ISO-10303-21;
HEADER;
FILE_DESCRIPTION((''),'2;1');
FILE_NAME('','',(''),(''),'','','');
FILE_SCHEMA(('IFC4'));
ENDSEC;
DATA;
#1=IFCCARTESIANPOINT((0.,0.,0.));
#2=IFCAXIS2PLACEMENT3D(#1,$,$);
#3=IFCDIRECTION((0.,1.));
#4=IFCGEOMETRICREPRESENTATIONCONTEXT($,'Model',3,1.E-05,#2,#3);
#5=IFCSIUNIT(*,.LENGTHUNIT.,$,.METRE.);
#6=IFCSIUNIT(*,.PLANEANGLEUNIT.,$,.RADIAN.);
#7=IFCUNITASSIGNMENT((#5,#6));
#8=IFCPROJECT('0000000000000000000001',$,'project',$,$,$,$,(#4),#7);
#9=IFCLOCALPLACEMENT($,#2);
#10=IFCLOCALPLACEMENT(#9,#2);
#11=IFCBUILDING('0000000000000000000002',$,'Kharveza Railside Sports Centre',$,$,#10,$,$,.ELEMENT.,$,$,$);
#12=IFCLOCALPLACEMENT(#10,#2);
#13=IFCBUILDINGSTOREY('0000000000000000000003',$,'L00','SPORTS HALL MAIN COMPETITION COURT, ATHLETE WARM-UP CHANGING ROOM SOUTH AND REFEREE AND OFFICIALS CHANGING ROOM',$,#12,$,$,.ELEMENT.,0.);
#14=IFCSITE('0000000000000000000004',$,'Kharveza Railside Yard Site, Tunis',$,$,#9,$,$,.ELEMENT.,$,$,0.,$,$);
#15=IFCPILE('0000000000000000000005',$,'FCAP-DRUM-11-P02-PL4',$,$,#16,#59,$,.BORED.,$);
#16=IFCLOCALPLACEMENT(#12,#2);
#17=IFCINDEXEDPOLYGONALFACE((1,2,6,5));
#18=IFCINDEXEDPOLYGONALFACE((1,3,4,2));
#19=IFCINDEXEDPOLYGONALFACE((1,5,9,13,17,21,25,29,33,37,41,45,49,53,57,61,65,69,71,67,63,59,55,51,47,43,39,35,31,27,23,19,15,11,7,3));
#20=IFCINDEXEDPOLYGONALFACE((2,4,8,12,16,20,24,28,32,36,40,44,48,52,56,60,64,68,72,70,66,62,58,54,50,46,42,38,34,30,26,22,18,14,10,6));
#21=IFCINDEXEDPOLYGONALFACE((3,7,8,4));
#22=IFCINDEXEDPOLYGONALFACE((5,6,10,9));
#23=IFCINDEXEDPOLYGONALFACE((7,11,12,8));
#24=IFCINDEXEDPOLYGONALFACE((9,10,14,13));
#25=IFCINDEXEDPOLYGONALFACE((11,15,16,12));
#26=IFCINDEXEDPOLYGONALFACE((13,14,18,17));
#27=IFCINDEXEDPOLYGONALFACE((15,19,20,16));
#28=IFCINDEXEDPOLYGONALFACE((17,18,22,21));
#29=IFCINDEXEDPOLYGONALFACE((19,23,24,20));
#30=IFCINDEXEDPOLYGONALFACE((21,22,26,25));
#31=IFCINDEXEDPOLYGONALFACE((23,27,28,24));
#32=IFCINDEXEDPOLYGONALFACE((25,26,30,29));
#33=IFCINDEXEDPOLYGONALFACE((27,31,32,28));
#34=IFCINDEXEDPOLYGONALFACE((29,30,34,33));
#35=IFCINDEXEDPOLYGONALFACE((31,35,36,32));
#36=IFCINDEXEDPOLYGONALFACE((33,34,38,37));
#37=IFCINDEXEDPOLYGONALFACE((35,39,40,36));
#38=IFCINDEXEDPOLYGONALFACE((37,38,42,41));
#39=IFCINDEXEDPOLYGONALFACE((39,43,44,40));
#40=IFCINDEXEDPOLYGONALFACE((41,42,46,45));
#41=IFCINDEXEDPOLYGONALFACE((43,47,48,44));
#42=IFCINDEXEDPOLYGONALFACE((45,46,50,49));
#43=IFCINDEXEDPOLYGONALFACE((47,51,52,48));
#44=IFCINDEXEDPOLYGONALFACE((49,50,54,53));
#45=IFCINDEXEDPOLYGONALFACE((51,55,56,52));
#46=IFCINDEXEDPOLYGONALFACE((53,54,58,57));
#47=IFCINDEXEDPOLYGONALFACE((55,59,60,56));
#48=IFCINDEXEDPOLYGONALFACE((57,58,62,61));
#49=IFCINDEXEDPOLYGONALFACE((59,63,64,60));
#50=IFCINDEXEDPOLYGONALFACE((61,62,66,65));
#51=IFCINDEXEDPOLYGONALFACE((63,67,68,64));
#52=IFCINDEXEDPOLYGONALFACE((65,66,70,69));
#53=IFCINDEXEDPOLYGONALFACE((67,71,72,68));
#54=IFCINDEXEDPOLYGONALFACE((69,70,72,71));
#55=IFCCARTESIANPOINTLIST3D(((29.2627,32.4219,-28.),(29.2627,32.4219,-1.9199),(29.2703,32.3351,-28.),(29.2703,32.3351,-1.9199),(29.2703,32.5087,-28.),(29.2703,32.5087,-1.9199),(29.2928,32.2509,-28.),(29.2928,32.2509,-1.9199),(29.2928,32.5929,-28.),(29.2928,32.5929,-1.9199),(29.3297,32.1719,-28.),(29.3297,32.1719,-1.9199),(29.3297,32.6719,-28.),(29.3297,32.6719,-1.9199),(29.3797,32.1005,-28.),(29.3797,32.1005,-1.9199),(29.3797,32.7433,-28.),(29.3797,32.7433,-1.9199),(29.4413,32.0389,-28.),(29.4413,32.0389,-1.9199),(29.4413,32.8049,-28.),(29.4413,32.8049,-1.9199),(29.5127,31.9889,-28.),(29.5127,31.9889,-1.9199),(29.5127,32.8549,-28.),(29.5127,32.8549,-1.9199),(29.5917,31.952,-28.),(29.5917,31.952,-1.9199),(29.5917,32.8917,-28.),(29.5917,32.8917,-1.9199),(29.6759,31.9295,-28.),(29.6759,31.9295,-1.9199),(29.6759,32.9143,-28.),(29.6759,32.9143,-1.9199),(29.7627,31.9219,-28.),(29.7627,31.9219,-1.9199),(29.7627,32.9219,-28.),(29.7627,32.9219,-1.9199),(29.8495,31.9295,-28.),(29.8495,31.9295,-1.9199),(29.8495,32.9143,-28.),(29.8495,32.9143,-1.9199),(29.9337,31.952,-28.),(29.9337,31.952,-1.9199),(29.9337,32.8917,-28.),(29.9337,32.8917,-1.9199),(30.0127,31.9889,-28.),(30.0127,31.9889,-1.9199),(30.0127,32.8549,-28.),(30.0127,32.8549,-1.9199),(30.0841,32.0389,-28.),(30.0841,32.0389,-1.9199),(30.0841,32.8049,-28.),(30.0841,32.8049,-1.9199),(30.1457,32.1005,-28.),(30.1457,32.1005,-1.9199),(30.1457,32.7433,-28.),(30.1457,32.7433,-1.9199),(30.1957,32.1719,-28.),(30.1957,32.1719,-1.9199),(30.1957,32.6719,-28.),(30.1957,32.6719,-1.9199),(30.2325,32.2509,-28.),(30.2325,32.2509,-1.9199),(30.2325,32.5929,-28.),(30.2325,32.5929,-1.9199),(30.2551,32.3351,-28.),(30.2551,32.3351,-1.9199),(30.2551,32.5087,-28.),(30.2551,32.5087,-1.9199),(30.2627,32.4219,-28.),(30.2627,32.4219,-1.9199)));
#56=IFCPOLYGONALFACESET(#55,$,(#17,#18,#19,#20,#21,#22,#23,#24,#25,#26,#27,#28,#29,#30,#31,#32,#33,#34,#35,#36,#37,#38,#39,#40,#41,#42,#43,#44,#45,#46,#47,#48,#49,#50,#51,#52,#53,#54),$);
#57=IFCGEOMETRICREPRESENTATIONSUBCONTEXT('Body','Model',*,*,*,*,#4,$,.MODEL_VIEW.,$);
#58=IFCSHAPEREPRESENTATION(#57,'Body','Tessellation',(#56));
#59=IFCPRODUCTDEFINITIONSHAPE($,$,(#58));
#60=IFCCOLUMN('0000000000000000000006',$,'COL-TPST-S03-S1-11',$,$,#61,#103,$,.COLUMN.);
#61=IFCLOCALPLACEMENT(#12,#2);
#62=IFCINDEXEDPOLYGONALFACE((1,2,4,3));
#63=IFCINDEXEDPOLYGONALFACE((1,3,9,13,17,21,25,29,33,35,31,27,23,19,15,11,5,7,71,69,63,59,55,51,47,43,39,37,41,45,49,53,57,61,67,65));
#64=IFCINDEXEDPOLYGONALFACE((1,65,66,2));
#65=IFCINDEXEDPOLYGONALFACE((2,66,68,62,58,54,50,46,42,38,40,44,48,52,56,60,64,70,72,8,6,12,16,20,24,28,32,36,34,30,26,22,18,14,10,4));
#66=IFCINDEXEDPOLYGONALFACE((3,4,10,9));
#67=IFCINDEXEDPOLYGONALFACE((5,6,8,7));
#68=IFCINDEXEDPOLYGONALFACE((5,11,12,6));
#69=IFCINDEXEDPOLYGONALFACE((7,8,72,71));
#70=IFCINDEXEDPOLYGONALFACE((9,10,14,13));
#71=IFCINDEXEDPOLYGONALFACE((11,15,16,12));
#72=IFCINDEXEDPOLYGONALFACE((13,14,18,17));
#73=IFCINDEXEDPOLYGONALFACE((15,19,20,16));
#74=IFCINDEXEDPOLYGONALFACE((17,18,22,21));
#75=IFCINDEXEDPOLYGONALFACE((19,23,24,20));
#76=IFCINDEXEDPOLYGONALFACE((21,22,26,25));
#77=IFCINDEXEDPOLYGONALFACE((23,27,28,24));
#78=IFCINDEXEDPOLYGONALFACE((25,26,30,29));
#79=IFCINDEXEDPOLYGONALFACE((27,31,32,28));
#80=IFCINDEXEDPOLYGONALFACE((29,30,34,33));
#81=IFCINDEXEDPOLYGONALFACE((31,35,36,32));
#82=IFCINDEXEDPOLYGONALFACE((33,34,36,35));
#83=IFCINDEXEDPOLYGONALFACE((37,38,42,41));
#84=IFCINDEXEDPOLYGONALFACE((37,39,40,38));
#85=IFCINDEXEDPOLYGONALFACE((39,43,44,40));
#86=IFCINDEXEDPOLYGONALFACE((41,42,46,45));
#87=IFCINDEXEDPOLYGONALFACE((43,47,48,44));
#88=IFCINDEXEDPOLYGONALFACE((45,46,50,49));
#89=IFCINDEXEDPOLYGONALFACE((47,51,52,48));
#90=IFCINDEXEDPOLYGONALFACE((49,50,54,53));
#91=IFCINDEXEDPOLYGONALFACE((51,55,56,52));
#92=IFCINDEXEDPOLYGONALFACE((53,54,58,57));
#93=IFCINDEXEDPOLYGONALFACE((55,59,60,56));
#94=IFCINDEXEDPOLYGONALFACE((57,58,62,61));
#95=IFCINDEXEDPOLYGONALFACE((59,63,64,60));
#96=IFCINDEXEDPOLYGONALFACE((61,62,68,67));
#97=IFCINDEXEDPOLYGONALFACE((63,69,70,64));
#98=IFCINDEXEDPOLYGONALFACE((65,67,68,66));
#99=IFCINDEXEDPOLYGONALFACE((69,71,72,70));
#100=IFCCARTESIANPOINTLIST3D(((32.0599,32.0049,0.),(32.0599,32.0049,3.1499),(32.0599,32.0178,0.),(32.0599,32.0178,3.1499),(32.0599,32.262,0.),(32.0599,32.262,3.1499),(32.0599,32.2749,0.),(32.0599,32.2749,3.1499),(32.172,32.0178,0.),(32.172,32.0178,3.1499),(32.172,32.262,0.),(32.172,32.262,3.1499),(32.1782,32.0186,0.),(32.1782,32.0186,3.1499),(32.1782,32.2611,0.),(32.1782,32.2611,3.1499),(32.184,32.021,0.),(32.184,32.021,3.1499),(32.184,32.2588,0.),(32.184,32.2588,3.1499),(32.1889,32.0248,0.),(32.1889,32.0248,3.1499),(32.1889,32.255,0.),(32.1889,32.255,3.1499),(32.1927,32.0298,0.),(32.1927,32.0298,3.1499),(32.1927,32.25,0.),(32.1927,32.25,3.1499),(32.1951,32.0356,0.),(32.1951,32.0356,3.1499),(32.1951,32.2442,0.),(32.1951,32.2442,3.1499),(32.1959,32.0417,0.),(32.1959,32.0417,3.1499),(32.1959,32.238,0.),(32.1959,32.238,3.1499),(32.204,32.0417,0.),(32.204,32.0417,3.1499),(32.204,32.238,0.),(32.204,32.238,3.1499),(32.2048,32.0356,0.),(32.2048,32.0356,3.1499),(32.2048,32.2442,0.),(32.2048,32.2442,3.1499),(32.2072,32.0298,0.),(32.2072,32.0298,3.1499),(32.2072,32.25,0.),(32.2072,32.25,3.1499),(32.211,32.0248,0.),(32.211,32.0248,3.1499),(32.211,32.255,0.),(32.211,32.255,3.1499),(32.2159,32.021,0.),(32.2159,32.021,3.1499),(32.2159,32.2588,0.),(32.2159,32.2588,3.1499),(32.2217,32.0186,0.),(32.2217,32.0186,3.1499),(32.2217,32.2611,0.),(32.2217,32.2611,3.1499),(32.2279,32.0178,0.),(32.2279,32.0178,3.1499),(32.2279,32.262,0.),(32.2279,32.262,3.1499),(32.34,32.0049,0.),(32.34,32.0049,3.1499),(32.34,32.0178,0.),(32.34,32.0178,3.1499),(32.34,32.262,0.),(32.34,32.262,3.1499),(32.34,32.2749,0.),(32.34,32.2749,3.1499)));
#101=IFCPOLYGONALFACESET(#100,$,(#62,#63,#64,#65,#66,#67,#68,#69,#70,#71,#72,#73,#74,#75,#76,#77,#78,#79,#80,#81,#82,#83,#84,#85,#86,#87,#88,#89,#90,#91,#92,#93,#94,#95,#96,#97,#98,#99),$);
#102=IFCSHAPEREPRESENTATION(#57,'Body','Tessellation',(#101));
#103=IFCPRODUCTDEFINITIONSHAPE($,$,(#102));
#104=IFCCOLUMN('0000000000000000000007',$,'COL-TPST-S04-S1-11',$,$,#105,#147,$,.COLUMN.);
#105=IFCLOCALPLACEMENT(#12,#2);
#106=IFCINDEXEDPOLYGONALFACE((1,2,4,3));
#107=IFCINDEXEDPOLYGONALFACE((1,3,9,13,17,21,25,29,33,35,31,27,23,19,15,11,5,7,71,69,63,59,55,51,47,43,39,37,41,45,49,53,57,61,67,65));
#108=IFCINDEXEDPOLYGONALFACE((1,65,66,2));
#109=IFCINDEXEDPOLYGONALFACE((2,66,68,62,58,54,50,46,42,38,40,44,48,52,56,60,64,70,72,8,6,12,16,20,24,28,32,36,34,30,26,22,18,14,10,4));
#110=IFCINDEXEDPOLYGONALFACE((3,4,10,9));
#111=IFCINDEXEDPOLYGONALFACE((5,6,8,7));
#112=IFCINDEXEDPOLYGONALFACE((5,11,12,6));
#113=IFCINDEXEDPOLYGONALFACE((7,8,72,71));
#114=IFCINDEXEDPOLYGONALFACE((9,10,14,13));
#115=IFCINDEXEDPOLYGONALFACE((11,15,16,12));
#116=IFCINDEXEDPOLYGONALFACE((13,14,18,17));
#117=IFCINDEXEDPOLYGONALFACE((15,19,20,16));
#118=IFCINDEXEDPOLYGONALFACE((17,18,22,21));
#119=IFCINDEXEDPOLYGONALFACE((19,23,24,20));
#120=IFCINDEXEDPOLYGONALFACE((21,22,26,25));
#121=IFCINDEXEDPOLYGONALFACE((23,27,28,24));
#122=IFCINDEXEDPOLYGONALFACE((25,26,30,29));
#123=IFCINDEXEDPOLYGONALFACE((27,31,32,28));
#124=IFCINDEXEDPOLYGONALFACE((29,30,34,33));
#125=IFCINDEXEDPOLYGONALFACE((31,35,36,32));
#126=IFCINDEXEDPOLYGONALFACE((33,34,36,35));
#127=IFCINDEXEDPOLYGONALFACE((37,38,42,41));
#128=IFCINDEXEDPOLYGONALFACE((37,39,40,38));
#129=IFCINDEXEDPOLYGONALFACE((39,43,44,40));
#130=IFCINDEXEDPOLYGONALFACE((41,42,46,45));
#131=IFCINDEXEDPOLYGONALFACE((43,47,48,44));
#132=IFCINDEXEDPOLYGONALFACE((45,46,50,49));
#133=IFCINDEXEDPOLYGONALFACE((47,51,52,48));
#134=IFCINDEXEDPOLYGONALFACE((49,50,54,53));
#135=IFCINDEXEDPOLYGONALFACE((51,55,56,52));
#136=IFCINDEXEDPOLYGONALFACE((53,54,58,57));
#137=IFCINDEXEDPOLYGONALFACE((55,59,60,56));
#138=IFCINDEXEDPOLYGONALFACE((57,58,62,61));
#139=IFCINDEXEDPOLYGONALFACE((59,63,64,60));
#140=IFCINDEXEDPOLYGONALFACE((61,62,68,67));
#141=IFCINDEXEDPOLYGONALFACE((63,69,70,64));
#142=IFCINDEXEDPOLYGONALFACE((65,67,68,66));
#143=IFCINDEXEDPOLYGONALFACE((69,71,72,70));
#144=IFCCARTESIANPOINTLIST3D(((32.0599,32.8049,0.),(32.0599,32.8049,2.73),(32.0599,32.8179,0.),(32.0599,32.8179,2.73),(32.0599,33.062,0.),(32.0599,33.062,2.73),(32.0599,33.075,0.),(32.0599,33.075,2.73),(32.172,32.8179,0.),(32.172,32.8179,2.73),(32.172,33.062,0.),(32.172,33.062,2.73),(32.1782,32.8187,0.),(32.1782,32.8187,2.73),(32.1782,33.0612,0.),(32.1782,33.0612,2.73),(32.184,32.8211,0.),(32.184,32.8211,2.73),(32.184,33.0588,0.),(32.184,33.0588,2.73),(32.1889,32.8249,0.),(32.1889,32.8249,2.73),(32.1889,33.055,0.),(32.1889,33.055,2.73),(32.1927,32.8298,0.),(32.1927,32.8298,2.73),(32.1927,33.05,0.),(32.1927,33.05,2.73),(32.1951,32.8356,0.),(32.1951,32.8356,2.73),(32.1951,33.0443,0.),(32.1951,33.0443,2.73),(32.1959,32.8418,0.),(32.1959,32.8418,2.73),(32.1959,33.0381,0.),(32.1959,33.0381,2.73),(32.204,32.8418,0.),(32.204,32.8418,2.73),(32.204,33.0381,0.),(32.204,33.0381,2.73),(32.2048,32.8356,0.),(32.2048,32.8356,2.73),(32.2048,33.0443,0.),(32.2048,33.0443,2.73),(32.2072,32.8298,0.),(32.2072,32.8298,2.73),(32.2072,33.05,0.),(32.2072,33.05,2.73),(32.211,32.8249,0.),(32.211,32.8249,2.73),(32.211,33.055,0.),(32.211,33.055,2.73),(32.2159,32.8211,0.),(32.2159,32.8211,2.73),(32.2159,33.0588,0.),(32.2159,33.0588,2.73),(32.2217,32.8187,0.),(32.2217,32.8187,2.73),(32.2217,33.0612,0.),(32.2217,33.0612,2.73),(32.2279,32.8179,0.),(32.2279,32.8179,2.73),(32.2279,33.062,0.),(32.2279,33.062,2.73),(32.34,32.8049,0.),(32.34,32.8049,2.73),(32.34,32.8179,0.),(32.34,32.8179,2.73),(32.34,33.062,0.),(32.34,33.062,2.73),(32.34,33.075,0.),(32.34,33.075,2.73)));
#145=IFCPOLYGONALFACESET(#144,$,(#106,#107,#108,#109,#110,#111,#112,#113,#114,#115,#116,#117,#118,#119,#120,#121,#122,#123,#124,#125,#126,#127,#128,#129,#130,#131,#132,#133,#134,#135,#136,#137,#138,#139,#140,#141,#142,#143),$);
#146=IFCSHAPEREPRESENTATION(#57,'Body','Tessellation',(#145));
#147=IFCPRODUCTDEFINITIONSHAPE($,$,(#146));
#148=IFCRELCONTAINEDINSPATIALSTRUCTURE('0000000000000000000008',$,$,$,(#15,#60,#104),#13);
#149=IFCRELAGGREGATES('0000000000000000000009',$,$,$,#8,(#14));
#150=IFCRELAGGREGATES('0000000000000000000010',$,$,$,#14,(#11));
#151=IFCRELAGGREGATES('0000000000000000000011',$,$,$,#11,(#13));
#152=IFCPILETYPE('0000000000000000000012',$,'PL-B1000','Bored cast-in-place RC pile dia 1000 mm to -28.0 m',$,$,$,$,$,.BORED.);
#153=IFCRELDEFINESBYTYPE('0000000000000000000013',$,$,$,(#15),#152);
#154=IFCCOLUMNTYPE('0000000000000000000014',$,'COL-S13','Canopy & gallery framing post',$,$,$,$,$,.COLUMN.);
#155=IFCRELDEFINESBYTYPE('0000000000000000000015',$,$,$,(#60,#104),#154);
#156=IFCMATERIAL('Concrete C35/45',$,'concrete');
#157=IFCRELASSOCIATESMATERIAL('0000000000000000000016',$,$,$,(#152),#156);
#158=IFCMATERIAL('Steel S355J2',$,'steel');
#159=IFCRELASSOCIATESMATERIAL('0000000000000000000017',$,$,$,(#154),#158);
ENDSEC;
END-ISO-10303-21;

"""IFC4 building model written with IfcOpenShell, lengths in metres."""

from ifc_helpers import new_model, si_unit, direction, frame, origin, origin_2d, place, context, subcontext, project, spatial, circle, i_section, extrude, material, material_profile, profile_set, type_object, element, save


model = new_model("IFC4")

# Units and contexts
model_context = context("Model", 3, precision=1e-05, world=origin(), true_north=direction((0.0, 1.0)))
body_context = subcontext(model_context, "Body", "Model", "MODEL_VIEW")
ifc_project = project(units=[si_unit("LENGTHUNIT", "METRE"), si_unit("PLANEANGLEUNIT", "RADIAN")], contexts=[model_context])

# Site, building, storey
site_placement = place(None, origin())
site = spatial("IfcSite", under=ifc_project, at=site_placement, Name="Kharveza Railside Yard Site, Tunis", CompositionType="ELEMENT", RefElevation=0.0)
building_placement = place(site_placement, origin())
building = spatial("IfcBuilding", under=site, at=building_placement, Name="Kharveza Railside Sports Centre", CompositionType="ELEMENT")
storey_placement = place(building_placement, origin())
storey = spatial("IfcBuildingStorey", under=building, at=storey_placement, Name="L00", Description="SPORTS HALL MAIN COMPETITION COURT, ATHLETE WARM-UP CHANGING ROOM SOUTH AND REFEREE AND OFFICIALS CHANGING ROOM", CompositionType="ELEMENT", Elevation=0.0)

# Pile
ifc_material_1 = material(Name="Concrete C35/45", Category="concrete")
ifc_material_profile_1 = material_profile(ifc_material_1, circle(Radius=0.5, at=origin_2d()), Name="PILE D1000")
ifc_profile_set_1 = profile_set([ifc_material_profile_1], Name="Concrete C35/45")
pile_type = type_object("IfcPileType", Name="PL-B1000", Description="Bored cast-in-place RC pile dia 1000 mm to -28.0 m", PredefinedType="BORED", material=ifc_profile_set_1)
for number, where, z_axis, x_axis, name in (
    (1, (29.7627, 32.4219, -1.9199), (0.0, 0.0, -1.0), (1.0, 0.0, 0.0), "FCAP-DRUM-11-P02-PL4"),
):
    element("IfcPile", number, at=place(storey_placement, frame(where, z_axis=z_axis, x_axis=x_axis)), inside=storey, type_object=pile_type, Name=name, PredefinedType="BORED", context=body_context, shape_type="SweptSolid", body=[
        extrude(circle(Radius=0.5, at=origin_2d()), origin(), (0.0, 0.0, 1.0), 26.0801),
    ])

# Columns
ifc_material_2 = material(Name="Steel S355J2", Category="steel")
ifc_material_profile_2 = material_profile(ifc_material_2, i_section(OverallWidth=0.28, OverallDepth=0.27, WebThickness=0.0081, FlangeThickness=0.0129, FilletRadius=0.0239, at=origin_2d()), Name="HEA 280")
ifc_profile_set_2 = profile_set([ifc_material_profile_2], Name="Steel S355J2")
column_type_1 = type_object("IfcColumnType", Name="COL-S13", Description="Canopy & gallery framing post", PredefinedType="COLUMN", material=ifc_profile_set_2)
column_1_placement = place(storey_placement, frame((32.2, 32.1399, 0.0), z_axis=(0.0, 0.0, 1.0), x_axis=(1.0, 0.0, 0.0)))
element("IfcColumn", 2, at=column_1_placement, inside=storey, type_object=column_type_1, Name="COL-TPST-S03-S1-11", PredefinedType="COLUMN", context=body_context, shape_type="SweptSolid", body=[
    extrude(i_section(OverallWidth=0.28, OverallDepth=0.27, WebThickness=0.0081, FlangeThickness=0.0129, FilletRadius=0.0239, at=origin_2d()), origin(), (0.0, 0.0, 1.0), 3.1499),
])
column_2_placement = place(storey_placement, frame((32.2, 32.9399, 0.0), z_axis=(0.0, 0.0, 1.0), x_axis=(1.0, 0.0, 0.0)))
element("IfcColumn", 3, at=column_2_placement, inside=storey, type_object=column_type_1, Name="COL-TPST-S04-S1-11", PredefinedType="COLUMN", context=body_context, shape_type="SweptSolid", body=[
    extrude(i_section(OverallWidth=0.28, OverallDepth=0.27, WebThickness=0.0081, FlangeThickness=0.0129, FilletRadius=0.0239, at=origin_2d()), origin(), (0.0, 0.0, 1.0), 2.73),
])

save(model, "model.ifc")
